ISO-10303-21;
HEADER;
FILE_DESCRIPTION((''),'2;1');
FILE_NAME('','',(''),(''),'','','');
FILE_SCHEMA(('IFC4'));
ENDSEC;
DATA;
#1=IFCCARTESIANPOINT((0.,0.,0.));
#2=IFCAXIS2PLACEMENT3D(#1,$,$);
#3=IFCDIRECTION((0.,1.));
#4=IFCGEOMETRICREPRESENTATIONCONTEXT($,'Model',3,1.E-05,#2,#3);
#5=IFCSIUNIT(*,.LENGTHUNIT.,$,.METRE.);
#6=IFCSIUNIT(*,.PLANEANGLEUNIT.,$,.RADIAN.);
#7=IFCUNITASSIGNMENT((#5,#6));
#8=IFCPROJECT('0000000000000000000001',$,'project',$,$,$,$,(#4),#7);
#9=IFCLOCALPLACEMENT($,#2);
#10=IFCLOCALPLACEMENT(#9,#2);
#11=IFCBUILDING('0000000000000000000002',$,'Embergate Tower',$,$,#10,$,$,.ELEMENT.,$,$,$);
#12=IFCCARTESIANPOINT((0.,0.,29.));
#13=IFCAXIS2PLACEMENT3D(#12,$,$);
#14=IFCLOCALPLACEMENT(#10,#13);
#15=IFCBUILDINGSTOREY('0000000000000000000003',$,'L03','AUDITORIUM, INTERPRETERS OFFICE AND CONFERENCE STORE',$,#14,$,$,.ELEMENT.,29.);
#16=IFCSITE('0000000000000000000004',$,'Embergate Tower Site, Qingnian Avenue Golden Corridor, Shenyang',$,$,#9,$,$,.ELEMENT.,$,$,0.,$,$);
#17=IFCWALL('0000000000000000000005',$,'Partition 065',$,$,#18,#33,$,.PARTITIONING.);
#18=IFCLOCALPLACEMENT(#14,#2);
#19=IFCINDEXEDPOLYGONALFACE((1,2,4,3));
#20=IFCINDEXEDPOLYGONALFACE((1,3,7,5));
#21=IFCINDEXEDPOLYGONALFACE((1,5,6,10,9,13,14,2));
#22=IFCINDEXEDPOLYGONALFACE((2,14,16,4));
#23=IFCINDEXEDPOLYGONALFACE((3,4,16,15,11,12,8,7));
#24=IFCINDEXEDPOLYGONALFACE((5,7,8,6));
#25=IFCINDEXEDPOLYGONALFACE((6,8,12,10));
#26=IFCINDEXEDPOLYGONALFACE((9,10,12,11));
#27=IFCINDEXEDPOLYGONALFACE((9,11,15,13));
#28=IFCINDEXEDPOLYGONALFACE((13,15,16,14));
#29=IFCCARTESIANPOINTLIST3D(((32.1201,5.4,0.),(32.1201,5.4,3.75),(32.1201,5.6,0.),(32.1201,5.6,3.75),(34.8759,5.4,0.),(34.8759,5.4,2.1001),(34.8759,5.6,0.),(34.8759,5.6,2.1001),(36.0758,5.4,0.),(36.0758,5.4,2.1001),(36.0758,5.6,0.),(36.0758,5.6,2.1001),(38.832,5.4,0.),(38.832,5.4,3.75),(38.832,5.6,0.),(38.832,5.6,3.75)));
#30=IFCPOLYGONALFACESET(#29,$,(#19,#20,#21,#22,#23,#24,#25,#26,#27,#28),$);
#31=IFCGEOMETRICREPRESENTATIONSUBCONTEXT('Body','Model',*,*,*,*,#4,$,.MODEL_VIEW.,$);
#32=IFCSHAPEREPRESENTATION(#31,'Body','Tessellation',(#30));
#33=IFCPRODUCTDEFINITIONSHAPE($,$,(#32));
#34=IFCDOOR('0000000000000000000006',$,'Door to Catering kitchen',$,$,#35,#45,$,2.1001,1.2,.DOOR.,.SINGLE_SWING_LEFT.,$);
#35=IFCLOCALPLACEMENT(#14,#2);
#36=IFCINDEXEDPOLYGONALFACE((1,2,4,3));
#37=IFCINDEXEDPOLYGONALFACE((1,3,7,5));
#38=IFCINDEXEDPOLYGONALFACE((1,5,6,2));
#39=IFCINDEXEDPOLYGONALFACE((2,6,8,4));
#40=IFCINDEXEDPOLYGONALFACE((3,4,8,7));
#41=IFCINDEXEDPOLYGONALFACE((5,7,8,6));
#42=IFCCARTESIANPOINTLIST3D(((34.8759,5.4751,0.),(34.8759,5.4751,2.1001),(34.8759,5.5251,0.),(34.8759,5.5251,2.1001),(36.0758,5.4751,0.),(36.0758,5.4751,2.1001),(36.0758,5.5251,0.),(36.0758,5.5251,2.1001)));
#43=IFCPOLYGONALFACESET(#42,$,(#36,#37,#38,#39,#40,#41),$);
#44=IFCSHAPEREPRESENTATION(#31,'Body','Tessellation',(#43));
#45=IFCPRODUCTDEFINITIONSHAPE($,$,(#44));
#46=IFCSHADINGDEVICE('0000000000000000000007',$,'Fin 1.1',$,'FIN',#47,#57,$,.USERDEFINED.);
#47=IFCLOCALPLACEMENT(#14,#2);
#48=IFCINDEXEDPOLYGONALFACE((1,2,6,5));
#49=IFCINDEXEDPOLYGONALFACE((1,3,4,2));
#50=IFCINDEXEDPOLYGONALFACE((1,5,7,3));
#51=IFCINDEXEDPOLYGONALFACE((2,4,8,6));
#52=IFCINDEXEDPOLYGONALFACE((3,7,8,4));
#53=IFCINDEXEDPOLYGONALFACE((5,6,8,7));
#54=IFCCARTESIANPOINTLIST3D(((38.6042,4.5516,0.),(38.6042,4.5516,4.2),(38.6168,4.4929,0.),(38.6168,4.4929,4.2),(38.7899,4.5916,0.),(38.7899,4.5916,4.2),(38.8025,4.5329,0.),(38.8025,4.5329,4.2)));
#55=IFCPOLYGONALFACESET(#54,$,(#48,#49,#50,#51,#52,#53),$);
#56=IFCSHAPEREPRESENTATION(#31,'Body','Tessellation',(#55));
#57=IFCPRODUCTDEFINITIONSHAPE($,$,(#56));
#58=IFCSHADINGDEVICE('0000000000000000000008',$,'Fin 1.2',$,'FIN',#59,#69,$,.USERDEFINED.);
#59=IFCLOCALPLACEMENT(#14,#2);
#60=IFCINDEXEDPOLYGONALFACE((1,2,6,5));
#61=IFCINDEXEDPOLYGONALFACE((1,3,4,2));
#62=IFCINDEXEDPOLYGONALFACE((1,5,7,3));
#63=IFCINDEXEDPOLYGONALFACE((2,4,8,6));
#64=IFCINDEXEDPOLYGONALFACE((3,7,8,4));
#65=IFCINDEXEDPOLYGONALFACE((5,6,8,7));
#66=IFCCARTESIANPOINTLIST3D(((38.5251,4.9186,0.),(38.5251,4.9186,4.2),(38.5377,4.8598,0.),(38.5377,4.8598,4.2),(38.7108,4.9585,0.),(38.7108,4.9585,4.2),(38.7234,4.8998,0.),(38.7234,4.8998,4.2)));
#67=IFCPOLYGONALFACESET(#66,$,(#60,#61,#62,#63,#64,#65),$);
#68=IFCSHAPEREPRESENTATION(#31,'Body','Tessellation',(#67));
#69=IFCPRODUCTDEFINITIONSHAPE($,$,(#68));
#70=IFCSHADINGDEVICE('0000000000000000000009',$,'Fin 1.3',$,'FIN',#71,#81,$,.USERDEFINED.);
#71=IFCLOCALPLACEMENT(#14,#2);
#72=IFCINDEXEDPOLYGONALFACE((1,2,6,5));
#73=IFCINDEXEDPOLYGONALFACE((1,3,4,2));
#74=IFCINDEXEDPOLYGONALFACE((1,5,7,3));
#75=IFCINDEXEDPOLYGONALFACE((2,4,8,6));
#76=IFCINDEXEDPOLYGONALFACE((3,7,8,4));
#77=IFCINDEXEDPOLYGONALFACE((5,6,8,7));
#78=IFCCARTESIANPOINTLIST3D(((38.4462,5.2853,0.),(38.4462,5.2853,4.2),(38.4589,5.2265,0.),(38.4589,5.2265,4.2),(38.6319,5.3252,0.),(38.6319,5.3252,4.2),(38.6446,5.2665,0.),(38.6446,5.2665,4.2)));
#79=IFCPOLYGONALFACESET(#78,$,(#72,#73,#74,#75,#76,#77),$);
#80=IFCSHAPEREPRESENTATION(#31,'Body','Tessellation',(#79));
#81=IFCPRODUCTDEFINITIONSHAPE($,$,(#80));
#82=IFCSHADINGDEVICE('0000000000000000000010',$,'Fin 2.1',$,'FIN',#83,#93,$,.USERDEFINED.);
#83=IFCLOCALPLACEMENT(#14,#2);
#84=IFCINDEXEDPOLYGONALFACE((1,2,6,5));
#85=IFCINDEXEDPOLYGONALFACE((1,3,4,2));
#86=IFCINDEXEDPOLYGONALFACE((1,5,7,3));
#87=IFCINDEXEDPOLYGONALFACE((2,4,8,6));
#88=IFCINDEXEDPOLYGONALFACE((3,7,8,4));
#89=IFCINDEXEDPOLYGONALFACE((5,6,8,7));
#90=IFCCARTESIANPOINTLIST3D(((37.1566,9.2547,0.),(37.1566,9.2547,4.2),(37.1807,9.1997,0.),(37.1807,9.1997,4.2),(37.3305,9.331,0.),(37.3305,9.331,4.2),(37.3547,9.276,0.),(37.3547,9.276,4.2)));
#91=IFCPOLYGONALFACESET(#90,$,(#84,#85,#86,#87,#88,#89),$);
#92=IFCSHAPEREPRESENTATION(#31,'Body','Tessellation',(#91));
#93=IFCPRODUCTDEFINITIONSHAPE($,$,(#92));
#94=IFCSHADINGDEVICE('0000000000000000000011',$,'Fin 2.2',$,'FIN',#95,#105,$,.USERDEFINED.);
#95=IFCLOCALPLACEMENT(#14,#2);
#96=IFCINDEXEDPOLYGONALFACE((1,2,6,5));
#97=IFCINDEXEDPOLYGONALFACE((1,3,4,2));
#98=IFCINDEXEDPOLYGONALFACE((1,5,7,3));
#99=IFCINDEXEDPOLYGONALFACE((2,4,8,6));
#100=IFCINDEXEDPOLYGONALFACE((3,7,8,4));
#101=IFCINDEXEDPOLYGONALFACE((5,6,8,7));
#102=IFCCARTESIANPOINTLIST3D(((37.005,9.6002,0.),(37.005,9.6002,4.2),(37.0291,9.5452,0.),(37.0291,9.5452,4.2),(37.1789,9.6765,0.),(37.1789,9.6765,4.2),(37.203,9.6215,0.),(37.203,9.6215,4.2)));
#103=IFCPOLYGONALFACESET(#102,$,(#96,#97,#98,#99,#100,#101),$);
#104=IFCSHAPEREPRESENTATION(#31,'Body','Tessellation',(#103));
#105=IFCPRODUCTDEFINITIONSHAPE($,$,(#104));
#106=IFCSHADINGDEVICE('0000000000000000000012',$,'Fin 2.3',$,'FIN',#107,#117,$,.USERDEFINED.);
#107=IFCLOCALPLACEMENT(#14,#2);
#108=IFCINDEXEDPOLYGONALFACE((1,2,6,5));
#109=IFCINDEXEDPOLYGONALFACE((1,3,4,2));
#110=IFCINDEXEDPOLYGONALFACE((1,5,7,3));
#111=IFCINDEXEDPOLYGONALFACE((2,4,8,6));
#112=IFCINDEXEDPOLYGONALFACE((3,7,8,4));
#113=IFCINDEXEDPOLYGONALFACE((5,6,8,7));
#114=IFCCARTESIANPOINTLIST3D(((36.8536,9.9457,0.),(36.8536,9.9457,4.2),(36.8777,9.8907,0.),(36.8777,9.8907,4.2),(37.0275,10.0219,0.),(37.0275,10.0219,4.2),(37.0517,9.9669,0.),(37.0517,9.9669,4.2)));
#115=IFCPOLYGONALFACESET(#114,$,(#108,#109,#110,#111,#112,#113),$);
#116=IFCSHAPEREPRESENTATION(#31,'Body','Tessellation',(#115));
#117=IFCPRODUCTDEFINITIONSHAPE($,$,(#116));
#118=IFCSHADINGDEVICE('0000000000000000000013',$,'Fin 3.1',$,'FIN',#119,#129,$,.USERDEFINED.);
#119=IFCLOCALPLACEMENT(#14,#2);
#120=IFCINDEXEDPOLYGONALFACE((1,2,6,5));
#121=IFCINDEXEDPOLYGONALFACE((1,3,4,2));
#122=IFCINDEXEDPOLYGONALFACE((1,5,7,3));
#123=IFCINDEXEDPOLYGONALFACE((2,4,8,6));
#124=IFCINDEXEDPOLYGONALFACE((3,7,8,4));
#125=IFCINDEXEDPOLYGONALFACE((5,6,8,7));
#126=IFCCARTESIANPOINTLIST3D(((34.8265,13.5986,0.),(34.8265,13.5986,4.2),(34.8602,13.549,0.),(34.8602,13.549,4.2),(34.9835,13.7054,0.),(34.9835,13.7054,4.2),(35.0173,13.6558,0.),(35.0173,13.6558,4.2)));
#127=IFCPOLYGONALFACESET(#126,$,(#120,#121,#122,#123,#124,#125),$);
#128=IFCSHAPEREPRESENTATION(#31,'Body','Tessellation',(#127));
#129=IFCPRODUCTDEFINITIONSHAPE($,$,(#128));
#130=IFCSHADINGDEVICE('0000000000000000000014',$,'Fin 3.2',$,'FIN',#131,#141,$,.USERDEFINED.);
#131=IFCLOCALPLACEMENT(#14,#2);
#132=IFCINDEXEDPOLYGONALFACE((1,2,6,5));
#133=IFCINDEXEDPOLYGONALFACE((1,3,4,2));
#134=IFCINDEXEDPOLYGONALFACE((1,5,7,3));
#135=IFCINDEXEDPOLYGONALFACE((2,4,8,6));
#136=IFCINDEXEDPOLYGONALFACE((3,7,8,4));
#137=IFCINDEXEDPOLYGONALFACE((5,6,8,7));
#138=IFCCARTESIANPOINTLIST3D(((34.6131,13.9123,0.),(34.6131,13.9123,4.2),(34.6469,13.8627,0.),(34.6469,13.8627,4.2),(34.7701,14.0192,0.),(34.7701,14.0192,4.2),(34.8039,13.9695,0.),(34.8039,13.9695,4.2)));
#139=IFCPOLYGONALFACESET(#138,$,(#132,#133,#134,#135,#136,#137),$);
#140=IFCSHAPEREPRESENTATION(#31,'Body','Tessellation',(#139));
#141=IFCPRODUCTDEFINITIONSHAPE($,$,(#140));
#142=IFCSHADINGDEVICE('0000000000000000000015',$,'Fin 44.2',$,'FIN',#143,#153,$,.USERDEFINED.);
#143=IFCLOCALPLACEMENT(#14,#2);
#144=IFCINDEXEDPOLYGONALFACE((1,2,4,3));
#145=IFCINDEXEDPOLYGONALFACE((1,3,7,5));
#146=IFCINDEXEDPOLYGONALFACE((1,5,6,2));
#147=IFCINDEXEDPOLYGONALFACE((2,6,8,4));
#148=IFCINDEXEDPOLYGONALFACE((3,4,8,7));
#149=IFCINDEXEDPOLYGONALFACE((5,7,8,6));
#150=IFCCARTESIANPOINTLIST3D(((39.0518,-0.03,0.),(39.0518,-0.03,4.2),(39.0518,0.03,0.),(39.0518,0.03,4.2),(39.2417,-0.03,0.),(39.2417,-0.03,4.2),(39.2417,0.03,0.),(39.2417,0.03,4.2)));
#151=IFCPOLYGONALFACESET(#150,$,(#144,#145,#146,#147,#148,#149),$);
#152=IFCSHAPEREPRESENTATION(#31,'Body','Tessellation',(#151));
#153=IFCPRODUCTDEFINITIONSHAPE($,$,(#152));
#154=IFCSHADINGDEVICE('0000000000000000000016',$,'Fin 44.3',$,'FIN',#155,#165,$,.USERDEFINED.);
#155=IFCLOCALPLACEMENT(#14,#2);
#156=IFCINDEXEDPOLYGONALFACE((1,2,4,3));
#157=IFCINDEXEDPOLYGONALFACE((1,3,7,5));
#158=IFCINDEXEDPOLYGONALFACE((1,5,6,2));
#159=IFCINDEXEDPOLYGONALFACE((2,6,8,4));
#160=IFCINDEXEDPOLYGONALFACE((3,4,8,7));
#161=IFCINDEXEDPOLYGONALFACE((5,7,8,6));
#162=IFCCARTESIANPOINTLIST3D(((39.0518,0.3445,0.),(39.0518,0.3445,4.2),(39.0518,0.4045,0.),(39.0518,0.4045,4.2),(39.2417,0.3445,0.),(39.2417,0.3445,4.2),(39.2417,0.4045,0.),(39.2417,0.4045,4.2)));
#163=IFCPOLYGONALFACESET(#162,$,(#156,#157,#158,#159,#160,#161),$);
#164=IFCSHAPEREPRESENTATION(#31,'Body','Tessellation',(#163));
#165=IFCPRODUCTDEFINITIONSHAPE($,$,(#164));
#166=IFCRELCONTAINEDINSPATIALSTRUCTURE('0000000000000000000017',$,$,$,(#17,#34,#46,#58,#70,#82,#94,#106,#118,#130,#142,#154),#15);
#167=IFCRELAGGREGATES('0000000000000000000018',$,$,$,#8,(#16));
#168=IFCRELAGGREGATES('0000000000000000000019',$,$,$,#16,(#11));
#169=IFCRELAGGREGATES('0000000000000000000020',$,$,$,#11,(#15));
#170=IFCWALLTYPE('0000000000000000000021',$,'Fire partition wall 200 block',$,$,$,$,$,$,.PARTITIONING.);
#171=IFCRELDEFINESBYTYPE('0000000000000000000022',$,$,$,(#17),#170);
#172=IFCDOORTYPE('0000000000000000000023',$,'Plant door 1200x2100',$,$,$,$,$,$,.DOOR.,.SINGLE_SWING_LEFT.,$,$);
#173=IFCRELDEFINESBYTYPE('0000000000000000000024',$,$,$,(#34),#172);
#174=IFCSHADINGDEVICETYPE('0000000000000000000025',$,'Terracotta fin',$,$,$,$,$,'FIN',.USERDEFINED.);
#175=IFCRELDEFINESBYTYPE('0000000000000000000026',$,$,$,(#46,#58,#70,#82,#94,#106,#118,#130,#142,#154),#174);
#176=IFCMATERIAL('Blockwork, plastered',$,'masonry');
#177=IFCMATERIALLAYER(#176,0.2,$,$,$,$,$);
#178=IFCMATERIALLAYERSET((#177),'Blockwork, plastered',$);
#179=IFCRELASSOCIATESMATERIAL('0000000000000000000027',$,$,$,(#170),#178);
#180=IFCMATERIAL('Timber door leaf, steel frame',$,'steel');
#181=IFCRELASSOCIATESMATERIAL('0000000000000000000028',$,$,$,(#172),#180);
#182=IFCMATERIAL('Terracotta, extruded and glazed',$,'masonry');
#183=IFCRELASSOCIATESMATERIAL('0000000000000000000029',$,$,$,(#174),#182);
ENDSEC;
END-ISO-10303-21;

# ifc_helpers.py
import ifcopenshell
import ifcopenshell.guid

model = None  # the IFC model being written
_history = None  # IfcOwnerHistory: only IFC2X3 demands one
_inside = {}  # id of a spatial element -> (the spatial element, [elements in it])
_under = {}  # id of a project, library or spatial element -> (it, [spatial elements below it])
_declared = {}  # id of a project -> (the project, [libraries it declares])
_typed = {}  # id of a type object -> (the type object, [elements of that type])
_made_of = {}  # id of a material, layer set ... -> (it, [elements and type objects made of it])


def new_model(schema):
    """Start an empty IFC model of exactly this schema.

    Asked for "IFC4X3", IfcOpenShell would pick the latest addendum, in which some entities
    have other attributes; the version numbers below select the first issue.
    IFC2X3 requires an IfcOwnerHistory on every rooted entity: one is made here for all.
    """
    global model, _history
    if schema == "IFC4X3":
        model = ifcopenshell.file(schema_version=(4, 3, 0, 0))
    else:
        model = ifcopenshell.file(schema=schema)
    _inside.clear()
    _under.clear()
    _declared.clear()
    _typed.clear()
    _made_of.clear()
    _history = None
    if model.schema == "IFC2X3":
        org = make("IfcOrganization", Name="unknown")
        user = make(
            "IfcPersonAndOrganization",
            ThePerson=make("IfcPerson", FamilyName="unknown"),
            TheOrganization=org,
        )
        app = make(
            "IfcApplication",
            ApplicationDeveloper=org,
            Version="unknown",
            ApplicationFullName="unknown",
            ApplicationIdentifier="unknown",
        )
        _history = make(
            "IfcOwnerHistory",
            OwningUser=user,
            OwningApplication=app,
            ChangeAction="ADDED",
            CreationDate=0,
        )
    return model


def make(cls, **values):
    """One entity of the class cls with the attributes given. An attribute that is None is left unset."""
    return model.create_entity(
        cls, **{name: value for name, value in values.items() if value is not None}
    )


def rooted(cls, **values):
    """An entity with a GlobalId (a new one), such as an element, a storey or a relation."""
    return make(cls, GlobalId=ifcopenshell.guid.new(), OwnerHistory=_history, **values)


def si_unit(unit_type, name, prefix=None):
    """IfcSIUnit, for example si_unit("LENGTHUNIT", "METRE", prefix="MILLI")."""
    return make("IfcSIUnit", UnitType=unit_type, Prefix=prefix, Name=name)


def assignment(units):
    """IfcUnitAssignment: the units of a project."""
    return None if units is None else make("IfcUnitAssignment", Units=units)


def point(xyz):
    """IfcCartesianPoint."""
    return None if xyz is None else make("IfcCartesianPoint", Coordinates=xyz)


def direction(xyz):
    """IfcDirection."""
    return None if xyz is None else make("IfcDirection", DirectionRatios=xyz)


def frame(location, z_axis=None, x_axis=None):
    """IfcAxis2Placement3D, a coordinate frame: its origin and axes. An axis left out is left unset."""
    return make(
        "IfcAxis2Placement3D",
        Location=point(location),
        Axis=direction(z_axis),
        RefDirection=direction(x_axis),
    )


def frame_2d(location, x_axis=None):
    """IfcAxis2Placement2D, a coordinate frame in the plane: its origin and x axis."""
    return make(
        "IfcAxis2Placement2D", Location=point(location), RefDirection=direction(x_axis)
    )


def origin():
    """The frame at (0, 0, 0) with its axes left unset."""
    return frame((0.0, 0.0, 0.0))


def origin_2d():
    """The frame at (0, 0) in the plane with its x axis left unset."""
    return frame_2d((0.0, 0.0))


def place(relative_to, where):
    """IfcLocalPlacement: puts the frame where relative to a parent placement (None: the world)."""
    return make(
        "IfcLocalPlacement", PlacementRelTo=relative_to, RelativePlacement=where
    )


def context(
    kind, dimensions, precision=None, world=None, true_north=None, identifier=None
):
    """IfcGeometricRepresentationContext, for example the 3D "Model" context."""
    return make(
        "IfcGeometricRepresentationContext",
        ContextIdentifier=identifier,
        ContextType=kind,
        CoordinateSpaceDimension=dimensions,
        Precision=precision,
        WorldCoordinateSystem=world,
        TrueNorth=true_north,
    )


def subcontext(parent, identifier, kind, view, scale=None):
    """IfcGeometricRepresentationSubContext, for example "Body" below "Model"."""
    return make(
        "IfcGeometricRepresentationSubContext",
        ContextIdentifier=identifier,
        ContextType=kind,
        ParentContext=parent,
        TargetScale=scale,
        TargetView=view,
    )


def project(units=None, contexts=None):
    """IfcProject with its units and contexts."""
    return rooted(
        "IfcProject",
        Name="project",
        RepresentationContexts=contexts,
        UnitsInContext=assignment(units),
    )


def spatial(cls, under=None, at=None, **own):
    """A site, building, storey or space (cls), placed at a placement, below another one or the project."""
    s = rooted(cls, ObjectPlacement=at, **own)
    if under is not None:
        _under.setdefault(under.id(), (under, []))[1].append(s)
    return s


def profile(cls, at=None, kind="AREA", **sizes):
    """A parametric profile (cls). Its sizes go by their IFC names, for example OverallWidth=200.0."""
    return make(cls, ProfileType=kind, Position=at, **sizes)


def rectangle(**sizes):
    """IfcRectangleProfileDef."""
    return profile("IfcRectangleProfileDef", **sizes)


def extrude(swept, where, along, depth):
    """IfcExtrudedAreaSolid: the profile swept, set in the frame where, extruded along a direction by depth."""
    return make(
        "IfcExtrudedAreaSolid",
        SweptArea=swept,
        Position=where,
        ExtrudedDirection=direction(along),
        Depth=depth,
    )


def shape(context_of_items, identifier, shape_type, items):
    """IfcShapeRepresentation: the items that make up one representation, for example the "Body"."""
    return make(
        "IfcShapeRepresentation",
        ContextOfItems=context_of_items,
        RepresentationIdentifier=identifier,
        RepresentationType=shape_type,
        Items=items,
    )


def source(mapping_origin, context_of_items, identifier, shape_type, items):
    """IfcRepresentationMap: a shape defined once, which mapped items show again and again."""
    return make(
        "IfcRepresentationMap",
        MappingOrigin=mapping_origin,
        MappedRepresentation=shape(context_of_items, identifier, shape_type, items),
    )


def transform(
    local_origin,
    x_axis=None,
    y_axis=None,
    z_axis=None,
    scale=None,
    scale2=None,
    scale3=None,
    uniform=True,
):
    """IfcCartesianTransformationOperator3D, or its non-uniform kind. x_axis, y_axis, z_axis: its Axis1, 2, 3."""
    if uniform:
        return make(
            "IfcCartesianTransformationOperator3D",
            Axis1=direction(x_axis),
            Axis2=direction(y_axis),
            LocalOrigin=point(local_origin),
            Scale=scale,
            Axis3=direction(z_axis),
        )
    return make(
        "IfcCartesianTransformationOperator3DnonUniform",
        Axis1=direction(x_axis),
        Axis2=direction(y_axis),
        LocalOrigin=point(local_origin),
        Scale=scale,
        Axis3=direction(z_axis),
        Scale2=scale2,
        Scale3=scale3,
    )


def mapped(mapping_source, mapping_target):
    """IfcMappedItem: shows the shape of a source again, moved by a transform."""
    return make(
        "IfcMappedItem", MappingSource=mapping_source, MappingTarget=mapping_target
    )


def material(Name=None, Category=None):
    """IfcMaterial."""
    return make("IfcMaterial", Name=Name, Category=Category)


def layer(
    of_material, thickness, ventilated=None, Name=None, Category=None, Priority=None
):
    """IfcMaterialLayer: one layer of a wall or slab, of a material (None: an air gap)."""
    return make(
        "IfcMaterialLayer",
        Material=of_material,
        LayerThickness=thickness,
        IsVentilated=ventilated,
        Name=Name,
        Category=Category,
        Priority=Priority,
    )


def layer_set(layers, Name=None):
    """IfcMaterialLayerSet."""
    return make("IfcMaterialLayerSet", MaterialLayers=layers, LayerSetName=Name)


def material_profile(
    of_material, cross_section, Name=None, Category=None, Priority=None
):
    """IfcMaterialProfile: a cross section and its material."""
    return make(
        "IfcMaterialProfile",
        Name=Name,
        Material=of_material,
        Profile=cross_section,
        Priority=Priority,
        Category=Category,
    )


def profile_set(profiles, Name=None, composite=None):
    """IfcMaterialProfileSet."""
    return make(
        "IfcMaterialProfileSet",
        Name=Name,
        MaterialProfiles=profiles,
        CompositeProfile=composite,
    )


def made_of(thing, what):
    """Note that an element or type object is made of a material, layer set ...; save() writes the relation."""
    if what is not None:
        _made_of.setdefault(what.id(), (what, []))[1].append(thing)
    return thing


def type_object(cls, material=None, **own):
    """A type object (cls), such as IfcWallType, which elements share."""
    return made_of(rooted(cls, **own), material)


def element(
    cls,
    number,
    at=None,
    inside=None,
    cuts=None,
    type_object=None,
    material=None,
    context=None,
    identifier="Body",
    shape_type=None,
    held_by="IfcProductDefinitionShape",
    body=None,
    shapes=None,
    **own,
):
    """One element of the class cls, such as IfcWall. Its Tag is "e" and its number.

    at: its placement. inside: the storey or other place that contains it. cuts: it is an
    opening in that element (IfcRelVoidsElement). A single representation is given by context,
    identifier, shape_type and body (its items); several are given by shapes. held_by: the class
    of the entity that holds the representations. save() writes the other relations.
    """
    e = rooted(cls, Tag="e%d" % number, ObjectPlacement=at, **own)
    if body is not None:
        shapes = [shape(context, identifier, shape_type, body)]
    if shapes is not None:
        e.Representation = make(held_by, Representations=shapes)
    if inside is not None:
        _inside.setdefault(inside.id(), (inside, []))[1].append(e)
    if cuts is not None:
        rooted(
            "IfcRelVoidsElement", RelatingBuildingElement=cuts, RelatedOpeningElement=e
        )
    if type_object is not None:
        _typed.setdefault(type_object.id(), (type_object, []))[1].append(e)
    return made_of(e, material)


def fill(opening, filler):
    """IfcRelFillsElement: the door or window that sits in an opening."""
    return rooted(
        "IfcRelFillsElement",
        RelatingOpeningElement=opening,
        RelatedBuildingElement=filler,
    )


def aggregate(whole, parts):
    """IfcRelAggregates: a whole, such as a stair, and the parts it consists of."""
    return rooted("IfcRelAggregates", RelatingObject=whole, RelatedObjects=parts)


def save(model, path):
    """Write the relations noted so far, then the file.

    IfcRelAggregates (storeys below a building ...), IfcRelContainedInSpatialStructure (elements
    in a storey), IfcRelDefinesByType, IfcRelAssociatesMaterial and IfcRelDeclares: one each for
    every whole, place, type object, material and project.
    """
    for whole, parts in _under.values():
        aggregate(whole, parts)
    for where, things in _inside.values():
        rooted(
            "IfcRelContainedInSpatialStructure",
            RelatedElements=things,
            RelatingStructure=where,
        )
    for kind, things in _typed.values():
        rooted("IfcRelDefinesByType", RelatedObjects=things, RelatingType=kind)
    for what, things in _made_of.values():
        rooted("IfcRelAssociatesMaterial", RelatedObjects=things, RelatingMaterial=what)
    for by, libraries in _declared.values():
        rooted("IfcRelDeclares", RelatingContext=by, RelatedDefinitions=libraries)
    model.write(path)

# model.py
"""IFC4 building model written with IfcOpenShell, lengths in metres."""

from ifc_helpers import new_model, si_unit, direction, frame, frame_2d, origin, origin_2d, place, context, subcontext, project, spatial, rectangle, extrude, source, transform, mapped, material, layer, layer_set, material_profile, profile_set, type_object, element, fill, save


model = new_model("IFC4")

# Units and contexts
model_context = context("Model", 3, precision=1e-05, world=origin(), true_north=direction((0.0, 1.0)))
body_context = subcontext(model_context, "Body", "Model", "MODEL_VIEW")
ifc_project = project(units=[si_unit("LENGTHUNIT", "METRE"), si_unit("PLANEANGLEUNIT", "RADIAN")], contexts=[model_context])

# Site, building, storey
site_placement = place(None, origin())
site = spatial("IfcSite", under=ifc_project, at=site_placement, Name="Embergate Tower Site, Qingnian Avenue Golden Corridor, Shenyang", CompositionType="ELEMENT", RefElevation=0.0)
building_placement = place(site_placement, origin())
building = spatial("IfcBuilding", under=site, at=building_placement, Name="Embergate Tower", CompositionType="ELEMENT")
storey_placement = place(building_placement, frame((0.0, 0.0, 29.0)))
storey = spatial("IfcBuildingStorey", under=building, at=storey_placement, Name="L03", Description="AUDITORIUM, INTERPRETERS OFFICE AND CONFERENCE STORE", CompositionType="ELEMENT", Elevation=29.0)

# Wall, opening, door
ifc_material_1 = material(Name="Blockwork, plastered", Category="masonry")
ifc_layer_1 = layer(ifc_material_1, 0.2)
ifc_layer_set_1 = layer_set([ifc_layer_1], Name="Blockwork, plastered")
wall_type_1 = type_object("IfcWallType", Name="Fire partition wall 200 block", PredefinedType="PARTITIONING", material=ifc_layer_set_1)
shared_shape_1 = source(origin(), body_context, "Body", "SweptSolid", [
    extrude(rectangle(XDim=6.7119, YDim=0.2, at=frame_2d((3.356, 0.0))), origin(), (0.0, 0.0, 1.0), 3.75),
])
wall_1_placement = place(storey_placement, frame((38.832, 5.5, 0.0), z_axis=(0.0, 0.0, 1.0), x_axis=(-1.0, 0.0, 0.0)))
wall_1 = element("IfcWall", 1, at=wall_1_placement, inside=storey, type_object=wall_type_1, Name="Partition 065", PredefinedType="PARTITIONING", context=body_context, shape_type="MappedRepresentation", body=[
    mapped(shared_shape_1, transform((0.0, 0.0, 0.0))),
])
shared_shape_2 = source(origin(), body_context, "Body", "SweptSolid", [
    extrude(rectangle(XDim=1.2, YDim=2.1001, at=frame_2d((0.6001, 1.05))), frame((0.0, 0.1099, 0.0), z_axis=(0.0, -1.0, 0.0), x_axis=(1.0, 0.0, 0.0)), (0.0, 0.0, 1.0), 0.22),
])
opening_placement = place(wall_1_placement, frame((2.7561, 0.0, 0.0)))
opening = element("IfcOpeningElement", 2, at=opening_placement, cuts=wall_1, PredefinedType="OPENING", context=body_context, shape_type="MappedRepresentation", body=[
    mapped(shared_shape_2, transform((0.0, 0.0, 0.0))),
])
ifc_material_2 = material(Name="Timber door leaf, steel frame", Category="steel")
door_type = type_object("IfcDoorType", Name="Plant door 1200x2100", OperationType="SINGLE_SWING_LEFT", PredefinedType="DOOR", material=ifc_material_2)
shared_shape_3 = source(origin(), body_context, "Body", "SweptSolid", [
    extrude(rectangle(XDim=1.2, YDim=2.1001, at=frame_2d((0.6001, 1.05))), frame((0.0, 0.0249, 0.0), z_axis=(0.0, -1.0, 0.0), x_axis=(1.0, 0.0, 0.0)), (0.0, 0.0, 1.0), 0.05),
])
door_placement = place(opening_placement, origin())
door = element("IfcDoor", 3, at=door_placement, inside=storey, type_object=door_type, Name="Door to Catering kitchen", OperationType="SINGLE_SWING_LEFT", OverallHeight=2.1001, OverallWidth=1.2, PredefinedType="DOOR", context=body_context, shape_type="MappedRepresentation", body=[
    mapped(shared_shape_3, transform((0.0, 0.0, 0.0))),
])
fill(opening, door)

# Shading devices
ifc_material_3 = material(Name="Terracotta, extruded and glazed", Category="masonry")
ifc_material_profile_1 = material_profile(ifc_material_3, rectangle(XDim=0.1899, YDim=0.0601, at=origin_2d()), Name="TC 190x60")
ifc_profile_set_1 = profile_set([ifc_material_profile_1], Name="Terracotta, extruded and glazed")
shading_device_type = type_object("IfcShadingDeviceType", Name="Terracotta fin", ElementType="FIN", PredefinedType="USERDEFINED", material=ifc_profile_set_1)
shared_shape_4 = source(origin(), body_context, "Body", "SweptSolid", [
    extrude(rectangle(XDim=0.1899, YDim=0.0601, at=origin_2d()), origin(), (0.0, 0.0, 1.0), 4.2),
])
for number, where, z_axis, x_axis, name in (
    (4, (38.7034, 4.5422, 0.0), (0.0, 0.0, 1.0), (-0.977617, -0.210393, 0.0), "Fin 1.1"),
    (5, (38.6243, 4.9092, 0.0), (0.0, 0.0, 1.0), (-0.977617, -0.210393, 0.0), "Fin 1.2"),
    (6, (38.5454, 5.2759, 0.0), (0.0, 0.0, 1.0), (-0.977617, -0.210393, 0.0), "Fin 1.3"),
    (7, (37.2556, 9.2654, 0.0), (0.0, 0.0, 1.0), (-0.915796, -0.401644, 0.0), "Fin 2.1"),
    (8, (37.104, 9.6108, 0.0), (0.0, 0.0, 1.0), (-0.915796, -0.401644, 0.0), "Fin 2.2"),
    (9, (36.9526, 9.9563, 0.0), (0.0, 0.0, 1.0), (-0.915796, -0.401644, 0.0), "Fin 2.3"),
    (10, (34.9219, 13.6272, 0.0), (0.0, 0.0, 1.0), (-0.826911, -0.562333, 0.0), "Fin 3.1"),
    (11, (34.7085, 13.9409, 0.0), (0.0, 0.0, 1.0), (-0.826911, -0.562333, 0.0), "Fin 3.2"),
    (12, (39.1467, 0.0, 0.0), (0.0, 0.0, 1.0), (-1.0, 0.0, 0.0), "Fin 44.2"),
    (13, (39.1467, 0.3745, 0.0), (0.0, 0.0, 1.0), (-1.0, 0.0, 0.0), "Fin 44.3"),
):
    element("IfcShadingDevice", number, at=place(storey_placement, frame(where, z_axis=z_axis, x_axis=x_axis)), inside=storey, type_object=shading_device_type, Name=name, ObjectType="FIN", PredefinedType="USERDEFINED", context=body_context, shape_type="MappedRepresentation", body=[
        mapped(shared_shape_4, transform((0.0, 0.0, 0.0))),
    ])

save(model, "model.ifc")
